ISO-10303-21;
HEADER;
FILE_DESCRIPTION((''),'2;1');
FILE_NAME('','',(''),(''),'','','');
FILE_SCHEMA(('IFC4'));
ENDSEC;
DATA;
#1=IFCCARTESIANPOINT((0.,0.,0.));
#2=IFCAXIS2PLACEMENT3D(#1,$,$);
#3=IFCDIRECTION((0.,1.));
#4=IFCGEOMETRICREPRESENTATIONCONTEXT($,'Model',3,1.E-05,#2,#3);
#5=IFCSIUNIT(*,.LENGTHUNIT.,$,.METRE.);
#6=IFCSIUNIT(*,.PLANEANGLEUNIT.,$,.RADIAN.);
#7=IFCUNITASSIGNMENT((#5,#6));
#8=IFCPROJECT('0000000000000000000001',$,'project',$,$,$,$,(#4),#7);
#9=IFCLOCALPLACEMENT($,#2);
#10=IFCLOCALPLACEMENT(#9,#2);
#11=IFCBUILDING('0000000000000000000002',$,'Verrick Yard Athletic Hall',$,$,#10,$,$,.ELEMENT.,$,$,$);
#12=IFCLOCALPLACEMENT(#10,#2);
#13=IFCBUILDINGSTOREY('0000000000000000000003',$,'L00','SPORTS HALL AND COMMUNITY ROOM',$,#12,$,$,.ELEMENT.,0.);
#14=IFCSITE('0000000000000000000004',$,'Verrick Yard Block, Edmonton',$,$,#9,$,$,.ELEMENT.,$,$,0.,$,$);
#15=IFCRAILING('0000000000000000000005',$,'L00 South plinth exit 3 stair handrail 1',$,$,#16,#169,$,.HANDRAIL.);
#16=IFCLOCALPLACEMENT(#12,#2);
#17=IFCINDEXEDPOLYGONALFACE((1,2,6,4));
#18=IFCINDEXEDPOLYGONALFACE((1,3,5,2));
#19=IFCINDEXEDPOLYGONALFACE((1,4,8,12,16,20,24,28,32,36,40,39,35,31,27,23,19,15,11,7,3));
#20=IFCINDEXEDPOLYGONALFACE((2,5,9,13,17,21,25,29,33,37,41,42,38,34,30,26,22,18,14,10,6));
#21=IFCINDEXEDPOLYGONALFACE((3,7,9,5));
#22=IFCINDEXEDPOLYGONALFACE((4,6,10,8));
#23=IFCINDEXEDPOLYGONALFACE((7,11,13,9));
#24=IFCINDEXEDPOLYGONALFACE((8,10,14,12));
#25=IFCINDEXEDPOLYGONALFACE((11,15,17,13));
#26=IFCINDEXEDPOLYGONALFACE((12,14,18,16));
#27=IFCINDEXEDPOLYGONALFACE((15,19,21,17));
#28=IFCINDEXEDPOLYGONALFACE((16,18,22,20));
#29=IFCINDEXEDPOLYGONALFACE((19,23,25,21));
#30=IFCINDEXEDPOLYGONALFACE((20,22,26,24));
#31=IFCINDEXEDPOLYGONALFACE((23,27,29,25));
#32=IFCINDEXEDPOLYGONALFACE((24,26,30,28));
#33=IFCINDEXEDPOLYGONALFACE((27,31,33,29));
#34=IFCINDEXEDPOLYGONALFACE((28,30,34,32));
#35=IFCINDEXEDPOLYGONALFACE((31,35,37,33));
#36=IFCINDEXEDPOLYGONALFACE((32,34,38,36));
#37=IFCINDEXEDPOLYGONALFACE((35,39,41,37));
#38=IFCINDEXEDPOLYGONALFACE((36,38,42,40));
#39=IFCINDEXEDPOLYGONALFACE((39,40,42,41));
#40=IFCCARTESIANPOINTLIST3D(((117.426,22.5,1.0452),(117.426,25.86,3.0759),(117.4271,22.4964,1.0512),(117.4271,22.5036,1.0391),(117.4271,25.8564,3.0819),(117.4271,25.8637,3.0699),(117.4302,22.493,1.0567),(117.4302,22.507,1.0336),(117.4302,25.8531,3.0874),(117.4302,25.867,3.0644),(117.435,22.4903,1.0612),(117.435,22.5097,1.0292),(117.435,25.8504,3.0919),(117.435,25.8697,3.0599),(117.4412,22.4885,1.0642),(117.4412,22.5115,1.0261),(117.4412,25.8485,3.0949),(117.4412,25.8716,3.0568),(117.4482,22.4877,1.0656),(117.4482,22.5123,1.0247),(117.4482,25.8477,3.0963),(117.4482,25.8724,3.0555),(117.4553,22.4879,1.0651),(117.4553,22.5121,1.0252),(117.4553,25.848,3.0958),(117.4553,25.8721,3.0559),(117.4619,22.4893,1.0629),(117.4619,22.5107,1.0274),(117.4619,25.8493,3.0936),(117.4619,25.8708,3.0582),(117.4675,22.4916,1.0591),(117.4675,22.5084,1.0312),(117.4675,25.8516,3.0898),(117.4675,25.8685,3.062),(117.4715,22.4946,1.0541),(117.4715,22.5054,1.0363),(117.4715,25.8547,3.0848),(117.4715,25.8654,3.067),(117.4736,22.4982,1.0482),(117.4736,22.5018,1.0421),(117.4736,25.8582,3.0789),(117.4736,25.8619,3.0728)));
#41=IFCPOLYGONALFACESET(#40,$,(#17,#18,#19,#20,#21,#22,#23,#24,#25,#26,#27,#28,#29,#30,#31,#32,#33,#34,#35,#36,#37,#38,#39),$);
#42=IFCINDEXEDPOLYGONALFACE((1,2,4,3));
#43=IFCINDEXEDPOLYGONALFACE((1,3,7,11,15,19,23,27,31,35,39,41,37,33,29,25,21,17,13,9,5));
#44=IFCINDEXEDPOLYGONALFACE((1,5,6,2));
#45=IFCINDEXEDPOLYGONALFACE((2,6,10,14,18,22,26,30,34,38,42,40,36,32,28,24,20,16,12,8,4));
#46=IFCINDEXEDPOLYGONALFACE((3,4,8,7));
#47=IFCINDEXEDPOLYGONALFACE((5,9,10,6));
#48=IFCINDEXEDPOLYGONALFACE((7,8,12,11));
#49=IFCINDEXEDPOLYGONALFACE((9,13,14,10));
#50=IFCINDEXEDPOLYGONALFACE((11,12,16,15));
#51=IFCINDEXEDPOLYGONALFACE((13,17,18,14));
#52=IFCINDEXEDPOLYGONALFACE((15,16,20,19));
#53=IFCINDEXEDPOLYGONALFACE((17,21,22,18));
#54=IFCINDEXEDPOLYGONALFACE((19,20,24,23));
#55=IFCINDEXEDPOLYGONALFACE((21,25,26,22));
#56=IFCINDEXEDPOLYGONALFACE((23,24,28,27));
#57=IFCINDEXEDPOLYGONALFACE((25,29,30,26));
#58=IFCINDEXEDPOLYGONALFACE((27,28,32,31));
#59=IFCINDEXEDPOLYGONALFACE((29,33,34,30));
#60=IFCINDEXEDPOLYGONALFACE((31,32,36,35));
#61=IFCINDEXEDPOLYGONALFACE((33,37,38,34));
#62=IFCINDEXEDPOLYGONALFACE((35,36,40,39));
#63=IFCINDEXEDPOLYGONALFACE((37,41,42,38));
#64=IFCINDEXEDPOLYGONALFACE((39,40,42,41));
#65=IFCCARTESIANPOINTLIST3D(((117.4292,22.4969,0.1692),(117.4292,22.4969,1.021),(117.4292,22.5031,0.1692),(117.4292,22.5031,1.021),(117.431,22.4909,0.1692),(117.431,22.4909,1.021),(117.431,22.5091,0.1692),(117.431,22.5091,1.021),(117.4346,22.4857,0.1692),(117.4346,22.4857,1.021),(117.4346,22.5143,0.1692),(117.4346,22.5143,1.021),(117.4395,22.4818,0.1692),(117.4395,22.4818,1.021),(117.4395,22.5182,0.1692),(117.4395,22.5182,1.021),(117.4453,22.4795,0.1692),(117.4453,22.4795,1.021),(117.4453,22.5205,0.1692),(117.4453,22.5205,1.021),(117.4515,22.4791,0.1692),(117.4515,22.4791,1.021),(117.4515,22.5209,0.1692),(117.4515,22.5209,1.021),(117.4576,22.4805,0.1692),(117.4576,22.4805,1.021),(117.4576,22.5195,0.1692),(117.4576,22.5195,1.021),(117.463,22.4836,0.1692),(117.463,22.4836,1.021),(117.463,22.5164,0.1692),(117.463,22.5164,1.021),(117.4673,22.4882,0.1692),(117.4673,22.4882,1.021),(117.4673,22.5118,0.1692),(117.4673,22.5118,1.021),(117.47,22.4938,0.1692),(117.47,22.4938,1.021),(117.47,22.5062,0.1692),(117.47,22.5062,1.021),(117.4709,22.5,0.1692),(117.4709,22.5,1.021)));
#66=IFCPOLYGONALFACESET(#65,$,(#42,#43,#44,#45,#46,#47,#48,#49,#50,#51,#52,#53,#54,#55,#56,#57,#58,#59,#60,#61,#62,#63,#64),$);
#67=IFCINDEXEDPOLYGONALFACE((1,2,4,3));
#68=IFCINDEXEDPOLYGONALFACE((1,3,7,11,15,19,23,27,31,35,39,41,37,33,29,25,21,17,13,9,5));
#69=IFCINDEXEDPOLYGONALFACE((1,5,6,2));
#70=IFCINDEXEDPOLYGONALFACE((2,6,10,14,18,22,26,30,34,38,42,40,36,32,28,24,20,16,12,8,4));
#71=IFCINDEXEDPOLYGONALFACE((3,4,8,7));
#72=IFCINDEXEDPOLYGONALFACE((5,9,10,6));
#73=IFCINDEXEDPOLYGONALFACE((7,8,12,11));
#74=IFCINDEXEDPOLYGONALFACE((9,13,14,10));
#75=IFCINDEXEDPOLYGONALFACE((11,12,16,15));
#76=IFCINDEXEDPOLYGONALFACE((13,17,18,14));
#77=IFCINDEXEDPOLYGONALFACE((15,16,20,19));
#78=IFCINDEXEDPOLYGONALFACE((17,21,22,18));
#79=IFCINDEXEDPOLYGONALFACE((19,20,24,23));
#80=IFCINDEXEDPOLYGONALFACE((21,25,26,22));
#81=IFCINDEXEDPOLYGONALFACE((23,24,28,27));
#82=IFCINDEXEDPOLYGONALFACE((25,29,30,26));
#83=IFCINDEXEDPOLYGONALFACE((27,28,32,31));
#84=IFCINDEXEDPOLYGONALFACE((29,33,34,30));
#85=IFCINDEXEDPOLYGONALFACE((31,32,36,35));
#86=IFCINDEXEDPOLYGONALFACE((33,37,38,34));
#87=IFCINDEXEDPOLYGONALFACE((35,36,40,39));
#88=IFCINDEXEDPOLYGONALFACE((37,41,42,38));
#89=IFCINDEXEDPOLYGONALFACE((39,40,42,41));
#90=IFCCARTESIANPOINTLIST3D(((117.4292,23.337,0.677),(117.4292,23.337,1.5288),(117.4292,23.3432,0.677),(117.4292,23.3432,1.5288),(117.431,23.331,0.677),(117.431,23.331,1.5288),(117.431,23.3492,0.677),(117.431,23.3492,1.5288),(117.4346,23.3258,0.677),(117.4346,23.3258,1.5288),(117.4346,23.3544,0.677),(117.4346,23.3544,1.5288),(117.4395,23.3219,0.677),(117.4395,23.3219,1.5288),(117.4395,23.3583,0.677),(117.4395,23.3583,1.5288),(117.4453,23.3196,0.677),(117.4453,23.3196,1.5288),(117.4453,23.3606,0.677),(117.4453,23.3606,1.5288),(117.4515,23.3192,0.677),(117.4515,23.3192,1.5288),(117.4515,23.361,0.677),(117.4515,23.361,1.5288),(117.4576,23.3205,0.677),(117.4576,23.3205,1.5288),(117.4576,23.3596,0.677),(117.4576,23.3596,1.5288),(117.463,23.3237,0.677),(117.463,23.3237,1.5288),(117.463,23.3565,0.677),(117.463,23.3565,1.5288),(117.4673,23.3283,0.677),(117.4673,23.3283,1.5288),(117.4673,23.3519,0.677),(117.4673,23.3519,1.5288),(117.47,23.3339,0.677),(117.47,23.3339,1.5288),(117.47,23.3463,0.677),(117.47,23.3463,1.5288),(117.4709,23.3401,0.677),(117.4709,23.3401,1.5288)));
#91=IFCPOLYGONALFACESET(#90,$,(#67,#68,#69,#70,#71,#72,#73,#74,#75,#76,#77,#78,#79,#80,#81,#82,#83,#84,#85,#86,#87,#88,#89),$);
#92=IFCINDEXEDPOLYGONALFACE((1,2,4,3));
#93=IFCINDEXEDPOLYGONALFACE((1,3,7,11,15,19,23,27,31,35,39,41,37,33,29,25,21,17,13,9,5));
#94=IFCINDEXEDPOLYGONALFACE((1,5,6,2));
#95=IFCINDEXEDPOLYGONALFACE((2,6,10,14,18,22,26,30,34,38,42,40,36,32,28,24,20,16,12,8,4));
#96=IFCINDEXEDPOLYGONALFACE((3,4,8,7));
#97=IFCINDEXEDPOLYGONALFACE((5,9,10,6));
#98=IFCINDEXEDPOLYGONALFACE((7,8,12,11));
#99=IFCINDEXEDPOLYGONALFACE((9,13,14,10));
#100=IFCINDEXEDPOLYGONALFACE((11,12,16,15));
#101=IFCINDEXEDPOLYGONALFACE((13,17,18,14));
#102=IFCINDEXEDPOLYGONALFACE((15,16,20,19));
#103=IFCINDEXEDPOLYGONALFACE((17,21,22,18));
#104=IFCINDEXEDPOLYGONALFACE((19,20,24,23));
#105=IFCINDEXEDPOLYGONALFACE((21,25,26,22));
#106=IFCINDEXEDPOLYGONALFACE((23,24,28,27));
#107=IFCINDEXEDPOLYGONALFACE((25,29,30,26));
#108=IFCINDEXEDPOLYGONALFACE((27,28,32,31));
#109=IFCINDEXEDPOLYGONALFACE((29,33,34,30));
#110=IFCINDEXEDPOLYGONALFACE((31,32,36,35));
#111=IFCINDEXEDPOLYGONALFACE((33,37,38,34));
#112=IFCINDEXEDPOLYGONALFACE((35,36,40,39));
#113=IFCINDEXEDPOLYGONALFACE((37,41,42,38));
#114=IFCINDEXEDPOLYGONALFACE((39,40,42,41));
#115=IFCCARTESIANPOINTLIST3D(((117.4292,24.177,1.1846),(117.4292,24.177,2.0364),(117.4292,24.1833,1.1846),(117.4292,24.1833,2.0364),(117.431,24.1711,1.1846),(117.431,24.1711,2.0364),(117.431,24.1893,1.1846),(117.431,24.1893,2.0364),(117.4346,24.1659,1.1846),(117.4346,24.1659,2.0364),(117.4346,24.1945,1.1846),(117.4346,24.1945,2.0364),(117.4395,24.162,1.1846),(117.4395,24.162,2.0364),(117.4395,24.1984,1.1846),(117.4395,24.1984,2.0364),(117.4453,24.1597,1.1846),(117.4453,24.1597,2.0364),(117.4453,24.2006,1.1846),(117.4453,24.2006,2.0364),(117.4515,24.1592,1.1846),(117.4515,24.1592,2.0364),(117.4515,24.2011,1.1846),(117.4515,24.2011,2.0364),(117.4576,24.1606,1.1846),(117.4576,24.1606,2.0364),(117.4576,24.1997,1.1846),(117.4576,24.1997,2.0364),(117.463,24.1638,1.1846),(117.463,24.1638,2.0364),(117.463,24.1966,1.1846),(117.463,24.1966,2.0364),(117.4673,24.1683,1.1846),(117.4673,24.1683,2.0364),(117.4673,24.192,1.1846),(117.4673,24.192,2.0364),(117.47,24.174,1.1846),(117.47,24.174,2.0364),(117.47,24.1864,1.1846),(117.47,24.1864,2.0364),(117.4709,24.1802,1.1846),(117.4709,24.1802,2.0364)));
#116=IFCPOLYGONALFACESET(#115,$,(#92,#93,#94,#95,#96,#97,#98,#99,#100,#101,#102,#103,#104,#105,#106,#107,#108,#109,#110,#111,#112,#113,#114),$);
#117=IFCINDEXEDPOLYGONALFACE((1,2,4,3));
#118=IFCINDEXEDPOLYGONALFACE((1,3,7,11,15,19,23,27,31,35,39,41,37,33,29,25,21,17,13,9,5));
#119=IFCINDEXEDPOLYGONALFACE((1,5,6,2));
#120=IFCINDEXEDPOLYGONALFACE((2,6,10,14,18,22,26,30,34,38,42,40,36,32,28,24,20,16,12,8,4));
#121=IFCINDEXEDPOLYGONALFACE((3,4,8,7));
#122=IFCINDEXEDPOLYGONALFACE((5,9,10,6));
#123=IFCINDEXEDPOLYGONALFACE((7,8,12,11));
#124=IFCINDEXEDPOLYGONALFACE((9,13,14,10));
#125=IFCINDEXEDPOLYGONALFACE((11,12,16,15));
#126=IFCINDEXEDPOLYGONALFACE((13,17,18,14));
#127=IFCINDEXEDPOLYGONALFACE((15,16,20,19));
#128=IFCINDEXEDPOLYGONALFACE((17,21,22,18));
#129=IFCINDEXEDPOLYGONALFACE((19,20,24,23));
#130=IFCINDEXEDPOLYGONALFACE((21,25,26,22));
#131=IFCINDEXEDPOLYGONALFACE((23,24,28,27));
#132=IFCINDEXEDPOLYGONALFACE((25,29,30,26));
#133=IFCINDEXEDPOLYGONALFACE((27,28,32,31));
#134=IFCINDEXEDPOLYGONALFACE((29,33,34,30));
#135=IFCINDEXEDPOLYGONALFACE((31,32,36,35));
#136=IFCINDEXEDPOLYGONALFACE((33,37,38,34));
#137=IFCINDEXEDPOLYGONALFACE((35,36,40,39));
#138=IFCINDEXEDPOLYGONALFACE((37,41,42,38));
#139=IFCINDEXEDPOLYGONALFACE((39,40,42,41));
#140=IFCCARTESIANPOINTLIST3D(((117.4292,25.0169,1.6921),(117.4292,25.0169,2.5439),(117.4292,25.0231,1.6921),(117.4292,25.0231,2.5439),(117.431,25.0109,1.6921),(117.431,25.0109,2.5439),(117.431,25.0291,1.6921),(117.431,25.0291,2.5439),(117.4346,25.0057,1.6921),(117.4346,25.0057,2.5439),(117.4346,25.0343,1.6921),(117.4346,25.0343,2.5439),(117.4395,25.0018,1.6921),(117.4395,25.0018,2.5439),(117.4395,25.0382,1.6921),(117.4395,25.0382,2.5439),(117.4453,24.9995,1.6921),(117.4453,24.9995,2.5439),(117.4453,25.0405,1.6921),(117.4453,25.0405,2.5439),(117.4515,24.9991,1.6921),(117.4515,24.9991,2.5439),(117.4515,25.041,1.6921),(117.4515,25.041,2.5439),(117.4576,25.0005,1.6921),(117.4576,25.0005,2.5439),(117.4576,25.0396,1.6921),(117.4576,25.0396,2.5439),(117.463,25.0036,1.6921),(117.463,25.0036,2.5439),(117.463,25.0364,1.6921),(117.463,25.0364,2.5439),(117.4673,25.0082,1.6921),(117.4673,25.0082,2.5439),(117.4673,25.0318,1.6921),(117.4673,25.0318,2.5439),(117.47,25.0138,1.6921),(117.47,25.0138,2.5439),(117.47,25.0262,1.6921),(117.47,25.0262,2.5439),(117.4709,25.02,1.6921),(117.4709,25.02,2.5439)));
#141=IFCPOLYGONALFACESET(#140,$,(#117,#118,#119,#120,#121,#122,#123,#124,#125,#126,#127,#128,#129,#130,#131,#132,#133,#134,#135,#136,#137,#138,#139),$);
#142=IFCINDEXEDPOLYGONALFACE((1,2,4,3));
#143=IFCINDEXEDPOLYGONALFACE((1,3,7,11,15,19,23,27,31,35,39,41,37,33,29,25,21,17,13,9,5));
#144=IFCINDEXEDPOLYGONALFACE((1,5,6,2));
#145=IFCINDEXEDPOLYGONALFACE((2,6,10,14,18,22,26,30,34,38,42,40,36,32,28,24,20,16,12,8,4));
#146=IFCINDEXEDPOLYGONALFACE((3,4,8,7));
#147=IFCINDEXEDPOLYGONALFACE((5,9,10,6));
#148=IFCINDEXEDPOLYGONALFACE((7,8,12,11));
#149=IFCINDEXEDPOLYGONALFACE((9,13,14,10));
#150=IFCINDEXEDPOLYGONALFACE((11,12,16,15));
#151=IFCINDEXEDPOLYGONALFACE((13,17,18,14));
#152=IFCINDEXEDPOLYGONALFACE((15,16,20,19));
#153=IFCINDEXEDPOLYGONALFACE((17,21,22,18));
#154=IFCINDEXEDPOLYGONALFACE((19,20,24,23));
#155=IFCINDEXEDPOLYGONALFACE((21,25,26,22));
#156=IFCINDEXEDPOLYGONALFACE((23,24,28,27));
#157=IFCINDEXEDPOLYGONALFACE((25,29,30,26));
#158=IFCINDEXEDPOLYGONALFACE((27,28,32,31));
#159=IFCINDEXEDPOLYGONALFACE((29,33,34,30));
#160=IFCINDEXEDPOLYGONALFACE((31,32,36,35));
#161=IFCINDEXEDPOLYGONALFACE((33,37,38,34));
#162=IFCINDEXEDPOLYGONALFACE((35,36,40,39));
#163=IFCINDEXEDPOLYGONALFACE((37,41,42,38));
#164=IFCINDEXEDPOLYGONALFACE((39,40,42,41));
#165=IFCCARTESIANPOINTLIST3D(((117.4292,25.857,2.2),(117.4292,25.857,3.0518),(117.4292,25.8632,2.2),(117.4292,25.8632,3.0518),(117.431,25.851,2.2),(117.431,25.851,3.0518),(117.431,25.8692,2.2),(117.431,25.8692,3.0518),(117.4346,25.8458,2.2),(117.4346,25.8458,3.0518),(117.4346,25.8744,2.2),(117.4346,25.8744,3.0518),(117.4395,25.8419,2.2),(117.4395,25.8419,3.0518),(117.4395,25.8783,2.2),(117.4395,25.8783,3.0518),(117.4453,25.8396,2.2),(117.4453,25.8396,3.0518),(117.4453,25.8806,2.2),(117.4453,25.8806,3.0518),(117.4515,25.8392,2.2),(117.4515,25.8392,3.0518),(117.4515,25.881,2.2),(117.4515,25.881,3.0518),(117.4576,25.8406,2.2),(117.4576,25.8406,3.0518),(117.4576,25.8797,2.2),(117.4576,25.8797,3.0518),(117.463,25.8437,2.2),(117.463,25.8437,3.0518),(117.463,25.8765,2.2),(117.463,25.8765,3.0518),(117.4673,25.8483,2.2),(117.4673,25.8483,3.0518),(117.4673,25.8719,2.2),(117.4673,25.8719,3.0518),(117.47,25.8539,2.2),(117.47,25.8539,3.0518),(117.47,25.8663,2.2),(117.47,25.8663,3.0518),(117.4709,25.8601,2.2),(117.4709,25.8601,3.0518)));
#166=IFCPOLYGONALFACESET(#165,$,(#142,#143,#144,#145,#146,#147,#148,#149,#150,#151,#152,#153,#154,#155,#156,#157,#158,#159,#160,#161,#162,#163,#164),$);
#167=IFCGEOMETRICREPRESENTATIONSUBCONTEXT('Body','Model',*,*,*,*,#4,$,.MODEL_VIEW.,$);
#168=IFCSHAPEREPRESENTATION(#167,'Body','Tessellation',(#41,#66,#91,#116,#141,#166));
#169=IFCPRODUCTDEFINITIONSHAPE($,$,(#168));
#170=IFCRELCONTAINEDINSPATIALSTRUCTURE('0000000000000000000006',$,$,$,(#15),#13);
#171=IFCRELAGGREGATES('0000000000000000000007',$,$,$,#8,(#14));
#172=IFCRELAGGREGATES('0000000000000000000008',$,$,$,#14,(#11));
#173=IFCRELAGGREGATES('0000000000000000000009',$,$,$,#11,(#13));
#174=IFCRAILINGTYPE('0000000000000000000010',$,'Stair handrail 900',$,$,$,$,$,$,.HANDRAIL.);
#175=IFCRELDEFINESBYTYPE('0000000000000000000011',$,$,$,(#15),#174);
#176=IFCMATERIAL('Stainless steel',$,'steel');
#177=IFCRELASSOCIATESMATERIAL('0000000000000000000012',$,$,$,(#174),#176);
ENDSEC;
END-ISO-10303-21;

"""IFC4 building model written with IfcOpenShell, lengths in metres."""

from ifc_helpers import new_model, si_unit, direction, frame, origin, origin_2d, place, context, subcontext, project, spatial, circle, extrude, material, type_object, element, save


model = new_model("IFC4")

# Units and contexts
model_context = context("Model", 3, precision=1e-05, world=origin(), true_north=direction((0.0, 1.0)))
body_context = subcontext(model_context, "Body", "Model", "MODEL_VIEW")
ifc_project = project(units=[si_unit("LENGTHUNIT", "METRE"), si_unit("PLANEANGLEUNIT", "RADIAN")], contexts=[model_context])

# Site, building, storey
site_placement = place(None, origin())
site = spatial("IfcSite", under=ifc_project, at=site_placement, Name="Verrick Yard Block, Edmonton", CompositionType="ELEMENT", RefElevation=0.0)
building_placement = place(site_placement, origin())
building = spatial("IfcBuilding", under=site, at=building_placement, Name="Verrick Yard Athletic Hall", CompositionType="ELEMENT")
storey_placement = place(building_placement, origin())
storey = spatial("IfcBuildingStorey", under=building, at=storey_placement, Name="L00", Description="SPORTS HALL AND COMMUNITY ROOM", CompositionType="ELEMENT", Elevation=0.0)

# Railing
ifc_material_1 = material(Name="Stainless steel", Category="steel")
railing_type_1 = type_object("IfcRailingType", Name="Stair handrail 900", PredefinedType="HANDRAIL", material=ifc_material_1)
railing_1_placement = place(storey_placement, frame((117.45, 22.5, 0.1692)))
element("IfcRailing", 1, at=railing_1_placement, inside=storey, type_object=railing_type_1, Name="L00 South plinth exit 3 stair handrail 1", PredefinedType="HANDRAIL", context=body_context, shape_type="SweptSolid", body=[
    extrude(circle(Radius=0.0239, at=origin_2d()), frame((0.0, 0.0, 0.876), z_axis=(0.0, 0.855837, 0.517246), x_axis=(-1.0, 0.0, 0.0)), (0.0, 0.0, 1.0), 3.926),
    extrude(circle(Radius=0.021, at=origin_2d()), origin(), (0.0, 0.0, 1.0), 0.8518),
    extrude(circle(Radius=0.021, at=origin_2d()), frame((0.0, 0.8401, 0.5078)), (0.0, 0.0, 1.0), 0.8518),
    extrude(circle(Radius=0.021, at=origin_2d()), frame((0.0, 1.6802, 1.0154)), (0.0, 0.0, 1.0), 0.8518),
    extrude(circle(Radius=0.021, at=origin_2d()), frame((0.0, 2.52, 1.5229)), (0.0, 0.0, 1.0), 0.8518),
    extrude(circle(Radius=0.021, at=origin_2d()), frame((0.0, 3.3601, 2.0308)), (0.0, 0.0, 1.0), 0.8518),
])

save(model, "model.ifc")
